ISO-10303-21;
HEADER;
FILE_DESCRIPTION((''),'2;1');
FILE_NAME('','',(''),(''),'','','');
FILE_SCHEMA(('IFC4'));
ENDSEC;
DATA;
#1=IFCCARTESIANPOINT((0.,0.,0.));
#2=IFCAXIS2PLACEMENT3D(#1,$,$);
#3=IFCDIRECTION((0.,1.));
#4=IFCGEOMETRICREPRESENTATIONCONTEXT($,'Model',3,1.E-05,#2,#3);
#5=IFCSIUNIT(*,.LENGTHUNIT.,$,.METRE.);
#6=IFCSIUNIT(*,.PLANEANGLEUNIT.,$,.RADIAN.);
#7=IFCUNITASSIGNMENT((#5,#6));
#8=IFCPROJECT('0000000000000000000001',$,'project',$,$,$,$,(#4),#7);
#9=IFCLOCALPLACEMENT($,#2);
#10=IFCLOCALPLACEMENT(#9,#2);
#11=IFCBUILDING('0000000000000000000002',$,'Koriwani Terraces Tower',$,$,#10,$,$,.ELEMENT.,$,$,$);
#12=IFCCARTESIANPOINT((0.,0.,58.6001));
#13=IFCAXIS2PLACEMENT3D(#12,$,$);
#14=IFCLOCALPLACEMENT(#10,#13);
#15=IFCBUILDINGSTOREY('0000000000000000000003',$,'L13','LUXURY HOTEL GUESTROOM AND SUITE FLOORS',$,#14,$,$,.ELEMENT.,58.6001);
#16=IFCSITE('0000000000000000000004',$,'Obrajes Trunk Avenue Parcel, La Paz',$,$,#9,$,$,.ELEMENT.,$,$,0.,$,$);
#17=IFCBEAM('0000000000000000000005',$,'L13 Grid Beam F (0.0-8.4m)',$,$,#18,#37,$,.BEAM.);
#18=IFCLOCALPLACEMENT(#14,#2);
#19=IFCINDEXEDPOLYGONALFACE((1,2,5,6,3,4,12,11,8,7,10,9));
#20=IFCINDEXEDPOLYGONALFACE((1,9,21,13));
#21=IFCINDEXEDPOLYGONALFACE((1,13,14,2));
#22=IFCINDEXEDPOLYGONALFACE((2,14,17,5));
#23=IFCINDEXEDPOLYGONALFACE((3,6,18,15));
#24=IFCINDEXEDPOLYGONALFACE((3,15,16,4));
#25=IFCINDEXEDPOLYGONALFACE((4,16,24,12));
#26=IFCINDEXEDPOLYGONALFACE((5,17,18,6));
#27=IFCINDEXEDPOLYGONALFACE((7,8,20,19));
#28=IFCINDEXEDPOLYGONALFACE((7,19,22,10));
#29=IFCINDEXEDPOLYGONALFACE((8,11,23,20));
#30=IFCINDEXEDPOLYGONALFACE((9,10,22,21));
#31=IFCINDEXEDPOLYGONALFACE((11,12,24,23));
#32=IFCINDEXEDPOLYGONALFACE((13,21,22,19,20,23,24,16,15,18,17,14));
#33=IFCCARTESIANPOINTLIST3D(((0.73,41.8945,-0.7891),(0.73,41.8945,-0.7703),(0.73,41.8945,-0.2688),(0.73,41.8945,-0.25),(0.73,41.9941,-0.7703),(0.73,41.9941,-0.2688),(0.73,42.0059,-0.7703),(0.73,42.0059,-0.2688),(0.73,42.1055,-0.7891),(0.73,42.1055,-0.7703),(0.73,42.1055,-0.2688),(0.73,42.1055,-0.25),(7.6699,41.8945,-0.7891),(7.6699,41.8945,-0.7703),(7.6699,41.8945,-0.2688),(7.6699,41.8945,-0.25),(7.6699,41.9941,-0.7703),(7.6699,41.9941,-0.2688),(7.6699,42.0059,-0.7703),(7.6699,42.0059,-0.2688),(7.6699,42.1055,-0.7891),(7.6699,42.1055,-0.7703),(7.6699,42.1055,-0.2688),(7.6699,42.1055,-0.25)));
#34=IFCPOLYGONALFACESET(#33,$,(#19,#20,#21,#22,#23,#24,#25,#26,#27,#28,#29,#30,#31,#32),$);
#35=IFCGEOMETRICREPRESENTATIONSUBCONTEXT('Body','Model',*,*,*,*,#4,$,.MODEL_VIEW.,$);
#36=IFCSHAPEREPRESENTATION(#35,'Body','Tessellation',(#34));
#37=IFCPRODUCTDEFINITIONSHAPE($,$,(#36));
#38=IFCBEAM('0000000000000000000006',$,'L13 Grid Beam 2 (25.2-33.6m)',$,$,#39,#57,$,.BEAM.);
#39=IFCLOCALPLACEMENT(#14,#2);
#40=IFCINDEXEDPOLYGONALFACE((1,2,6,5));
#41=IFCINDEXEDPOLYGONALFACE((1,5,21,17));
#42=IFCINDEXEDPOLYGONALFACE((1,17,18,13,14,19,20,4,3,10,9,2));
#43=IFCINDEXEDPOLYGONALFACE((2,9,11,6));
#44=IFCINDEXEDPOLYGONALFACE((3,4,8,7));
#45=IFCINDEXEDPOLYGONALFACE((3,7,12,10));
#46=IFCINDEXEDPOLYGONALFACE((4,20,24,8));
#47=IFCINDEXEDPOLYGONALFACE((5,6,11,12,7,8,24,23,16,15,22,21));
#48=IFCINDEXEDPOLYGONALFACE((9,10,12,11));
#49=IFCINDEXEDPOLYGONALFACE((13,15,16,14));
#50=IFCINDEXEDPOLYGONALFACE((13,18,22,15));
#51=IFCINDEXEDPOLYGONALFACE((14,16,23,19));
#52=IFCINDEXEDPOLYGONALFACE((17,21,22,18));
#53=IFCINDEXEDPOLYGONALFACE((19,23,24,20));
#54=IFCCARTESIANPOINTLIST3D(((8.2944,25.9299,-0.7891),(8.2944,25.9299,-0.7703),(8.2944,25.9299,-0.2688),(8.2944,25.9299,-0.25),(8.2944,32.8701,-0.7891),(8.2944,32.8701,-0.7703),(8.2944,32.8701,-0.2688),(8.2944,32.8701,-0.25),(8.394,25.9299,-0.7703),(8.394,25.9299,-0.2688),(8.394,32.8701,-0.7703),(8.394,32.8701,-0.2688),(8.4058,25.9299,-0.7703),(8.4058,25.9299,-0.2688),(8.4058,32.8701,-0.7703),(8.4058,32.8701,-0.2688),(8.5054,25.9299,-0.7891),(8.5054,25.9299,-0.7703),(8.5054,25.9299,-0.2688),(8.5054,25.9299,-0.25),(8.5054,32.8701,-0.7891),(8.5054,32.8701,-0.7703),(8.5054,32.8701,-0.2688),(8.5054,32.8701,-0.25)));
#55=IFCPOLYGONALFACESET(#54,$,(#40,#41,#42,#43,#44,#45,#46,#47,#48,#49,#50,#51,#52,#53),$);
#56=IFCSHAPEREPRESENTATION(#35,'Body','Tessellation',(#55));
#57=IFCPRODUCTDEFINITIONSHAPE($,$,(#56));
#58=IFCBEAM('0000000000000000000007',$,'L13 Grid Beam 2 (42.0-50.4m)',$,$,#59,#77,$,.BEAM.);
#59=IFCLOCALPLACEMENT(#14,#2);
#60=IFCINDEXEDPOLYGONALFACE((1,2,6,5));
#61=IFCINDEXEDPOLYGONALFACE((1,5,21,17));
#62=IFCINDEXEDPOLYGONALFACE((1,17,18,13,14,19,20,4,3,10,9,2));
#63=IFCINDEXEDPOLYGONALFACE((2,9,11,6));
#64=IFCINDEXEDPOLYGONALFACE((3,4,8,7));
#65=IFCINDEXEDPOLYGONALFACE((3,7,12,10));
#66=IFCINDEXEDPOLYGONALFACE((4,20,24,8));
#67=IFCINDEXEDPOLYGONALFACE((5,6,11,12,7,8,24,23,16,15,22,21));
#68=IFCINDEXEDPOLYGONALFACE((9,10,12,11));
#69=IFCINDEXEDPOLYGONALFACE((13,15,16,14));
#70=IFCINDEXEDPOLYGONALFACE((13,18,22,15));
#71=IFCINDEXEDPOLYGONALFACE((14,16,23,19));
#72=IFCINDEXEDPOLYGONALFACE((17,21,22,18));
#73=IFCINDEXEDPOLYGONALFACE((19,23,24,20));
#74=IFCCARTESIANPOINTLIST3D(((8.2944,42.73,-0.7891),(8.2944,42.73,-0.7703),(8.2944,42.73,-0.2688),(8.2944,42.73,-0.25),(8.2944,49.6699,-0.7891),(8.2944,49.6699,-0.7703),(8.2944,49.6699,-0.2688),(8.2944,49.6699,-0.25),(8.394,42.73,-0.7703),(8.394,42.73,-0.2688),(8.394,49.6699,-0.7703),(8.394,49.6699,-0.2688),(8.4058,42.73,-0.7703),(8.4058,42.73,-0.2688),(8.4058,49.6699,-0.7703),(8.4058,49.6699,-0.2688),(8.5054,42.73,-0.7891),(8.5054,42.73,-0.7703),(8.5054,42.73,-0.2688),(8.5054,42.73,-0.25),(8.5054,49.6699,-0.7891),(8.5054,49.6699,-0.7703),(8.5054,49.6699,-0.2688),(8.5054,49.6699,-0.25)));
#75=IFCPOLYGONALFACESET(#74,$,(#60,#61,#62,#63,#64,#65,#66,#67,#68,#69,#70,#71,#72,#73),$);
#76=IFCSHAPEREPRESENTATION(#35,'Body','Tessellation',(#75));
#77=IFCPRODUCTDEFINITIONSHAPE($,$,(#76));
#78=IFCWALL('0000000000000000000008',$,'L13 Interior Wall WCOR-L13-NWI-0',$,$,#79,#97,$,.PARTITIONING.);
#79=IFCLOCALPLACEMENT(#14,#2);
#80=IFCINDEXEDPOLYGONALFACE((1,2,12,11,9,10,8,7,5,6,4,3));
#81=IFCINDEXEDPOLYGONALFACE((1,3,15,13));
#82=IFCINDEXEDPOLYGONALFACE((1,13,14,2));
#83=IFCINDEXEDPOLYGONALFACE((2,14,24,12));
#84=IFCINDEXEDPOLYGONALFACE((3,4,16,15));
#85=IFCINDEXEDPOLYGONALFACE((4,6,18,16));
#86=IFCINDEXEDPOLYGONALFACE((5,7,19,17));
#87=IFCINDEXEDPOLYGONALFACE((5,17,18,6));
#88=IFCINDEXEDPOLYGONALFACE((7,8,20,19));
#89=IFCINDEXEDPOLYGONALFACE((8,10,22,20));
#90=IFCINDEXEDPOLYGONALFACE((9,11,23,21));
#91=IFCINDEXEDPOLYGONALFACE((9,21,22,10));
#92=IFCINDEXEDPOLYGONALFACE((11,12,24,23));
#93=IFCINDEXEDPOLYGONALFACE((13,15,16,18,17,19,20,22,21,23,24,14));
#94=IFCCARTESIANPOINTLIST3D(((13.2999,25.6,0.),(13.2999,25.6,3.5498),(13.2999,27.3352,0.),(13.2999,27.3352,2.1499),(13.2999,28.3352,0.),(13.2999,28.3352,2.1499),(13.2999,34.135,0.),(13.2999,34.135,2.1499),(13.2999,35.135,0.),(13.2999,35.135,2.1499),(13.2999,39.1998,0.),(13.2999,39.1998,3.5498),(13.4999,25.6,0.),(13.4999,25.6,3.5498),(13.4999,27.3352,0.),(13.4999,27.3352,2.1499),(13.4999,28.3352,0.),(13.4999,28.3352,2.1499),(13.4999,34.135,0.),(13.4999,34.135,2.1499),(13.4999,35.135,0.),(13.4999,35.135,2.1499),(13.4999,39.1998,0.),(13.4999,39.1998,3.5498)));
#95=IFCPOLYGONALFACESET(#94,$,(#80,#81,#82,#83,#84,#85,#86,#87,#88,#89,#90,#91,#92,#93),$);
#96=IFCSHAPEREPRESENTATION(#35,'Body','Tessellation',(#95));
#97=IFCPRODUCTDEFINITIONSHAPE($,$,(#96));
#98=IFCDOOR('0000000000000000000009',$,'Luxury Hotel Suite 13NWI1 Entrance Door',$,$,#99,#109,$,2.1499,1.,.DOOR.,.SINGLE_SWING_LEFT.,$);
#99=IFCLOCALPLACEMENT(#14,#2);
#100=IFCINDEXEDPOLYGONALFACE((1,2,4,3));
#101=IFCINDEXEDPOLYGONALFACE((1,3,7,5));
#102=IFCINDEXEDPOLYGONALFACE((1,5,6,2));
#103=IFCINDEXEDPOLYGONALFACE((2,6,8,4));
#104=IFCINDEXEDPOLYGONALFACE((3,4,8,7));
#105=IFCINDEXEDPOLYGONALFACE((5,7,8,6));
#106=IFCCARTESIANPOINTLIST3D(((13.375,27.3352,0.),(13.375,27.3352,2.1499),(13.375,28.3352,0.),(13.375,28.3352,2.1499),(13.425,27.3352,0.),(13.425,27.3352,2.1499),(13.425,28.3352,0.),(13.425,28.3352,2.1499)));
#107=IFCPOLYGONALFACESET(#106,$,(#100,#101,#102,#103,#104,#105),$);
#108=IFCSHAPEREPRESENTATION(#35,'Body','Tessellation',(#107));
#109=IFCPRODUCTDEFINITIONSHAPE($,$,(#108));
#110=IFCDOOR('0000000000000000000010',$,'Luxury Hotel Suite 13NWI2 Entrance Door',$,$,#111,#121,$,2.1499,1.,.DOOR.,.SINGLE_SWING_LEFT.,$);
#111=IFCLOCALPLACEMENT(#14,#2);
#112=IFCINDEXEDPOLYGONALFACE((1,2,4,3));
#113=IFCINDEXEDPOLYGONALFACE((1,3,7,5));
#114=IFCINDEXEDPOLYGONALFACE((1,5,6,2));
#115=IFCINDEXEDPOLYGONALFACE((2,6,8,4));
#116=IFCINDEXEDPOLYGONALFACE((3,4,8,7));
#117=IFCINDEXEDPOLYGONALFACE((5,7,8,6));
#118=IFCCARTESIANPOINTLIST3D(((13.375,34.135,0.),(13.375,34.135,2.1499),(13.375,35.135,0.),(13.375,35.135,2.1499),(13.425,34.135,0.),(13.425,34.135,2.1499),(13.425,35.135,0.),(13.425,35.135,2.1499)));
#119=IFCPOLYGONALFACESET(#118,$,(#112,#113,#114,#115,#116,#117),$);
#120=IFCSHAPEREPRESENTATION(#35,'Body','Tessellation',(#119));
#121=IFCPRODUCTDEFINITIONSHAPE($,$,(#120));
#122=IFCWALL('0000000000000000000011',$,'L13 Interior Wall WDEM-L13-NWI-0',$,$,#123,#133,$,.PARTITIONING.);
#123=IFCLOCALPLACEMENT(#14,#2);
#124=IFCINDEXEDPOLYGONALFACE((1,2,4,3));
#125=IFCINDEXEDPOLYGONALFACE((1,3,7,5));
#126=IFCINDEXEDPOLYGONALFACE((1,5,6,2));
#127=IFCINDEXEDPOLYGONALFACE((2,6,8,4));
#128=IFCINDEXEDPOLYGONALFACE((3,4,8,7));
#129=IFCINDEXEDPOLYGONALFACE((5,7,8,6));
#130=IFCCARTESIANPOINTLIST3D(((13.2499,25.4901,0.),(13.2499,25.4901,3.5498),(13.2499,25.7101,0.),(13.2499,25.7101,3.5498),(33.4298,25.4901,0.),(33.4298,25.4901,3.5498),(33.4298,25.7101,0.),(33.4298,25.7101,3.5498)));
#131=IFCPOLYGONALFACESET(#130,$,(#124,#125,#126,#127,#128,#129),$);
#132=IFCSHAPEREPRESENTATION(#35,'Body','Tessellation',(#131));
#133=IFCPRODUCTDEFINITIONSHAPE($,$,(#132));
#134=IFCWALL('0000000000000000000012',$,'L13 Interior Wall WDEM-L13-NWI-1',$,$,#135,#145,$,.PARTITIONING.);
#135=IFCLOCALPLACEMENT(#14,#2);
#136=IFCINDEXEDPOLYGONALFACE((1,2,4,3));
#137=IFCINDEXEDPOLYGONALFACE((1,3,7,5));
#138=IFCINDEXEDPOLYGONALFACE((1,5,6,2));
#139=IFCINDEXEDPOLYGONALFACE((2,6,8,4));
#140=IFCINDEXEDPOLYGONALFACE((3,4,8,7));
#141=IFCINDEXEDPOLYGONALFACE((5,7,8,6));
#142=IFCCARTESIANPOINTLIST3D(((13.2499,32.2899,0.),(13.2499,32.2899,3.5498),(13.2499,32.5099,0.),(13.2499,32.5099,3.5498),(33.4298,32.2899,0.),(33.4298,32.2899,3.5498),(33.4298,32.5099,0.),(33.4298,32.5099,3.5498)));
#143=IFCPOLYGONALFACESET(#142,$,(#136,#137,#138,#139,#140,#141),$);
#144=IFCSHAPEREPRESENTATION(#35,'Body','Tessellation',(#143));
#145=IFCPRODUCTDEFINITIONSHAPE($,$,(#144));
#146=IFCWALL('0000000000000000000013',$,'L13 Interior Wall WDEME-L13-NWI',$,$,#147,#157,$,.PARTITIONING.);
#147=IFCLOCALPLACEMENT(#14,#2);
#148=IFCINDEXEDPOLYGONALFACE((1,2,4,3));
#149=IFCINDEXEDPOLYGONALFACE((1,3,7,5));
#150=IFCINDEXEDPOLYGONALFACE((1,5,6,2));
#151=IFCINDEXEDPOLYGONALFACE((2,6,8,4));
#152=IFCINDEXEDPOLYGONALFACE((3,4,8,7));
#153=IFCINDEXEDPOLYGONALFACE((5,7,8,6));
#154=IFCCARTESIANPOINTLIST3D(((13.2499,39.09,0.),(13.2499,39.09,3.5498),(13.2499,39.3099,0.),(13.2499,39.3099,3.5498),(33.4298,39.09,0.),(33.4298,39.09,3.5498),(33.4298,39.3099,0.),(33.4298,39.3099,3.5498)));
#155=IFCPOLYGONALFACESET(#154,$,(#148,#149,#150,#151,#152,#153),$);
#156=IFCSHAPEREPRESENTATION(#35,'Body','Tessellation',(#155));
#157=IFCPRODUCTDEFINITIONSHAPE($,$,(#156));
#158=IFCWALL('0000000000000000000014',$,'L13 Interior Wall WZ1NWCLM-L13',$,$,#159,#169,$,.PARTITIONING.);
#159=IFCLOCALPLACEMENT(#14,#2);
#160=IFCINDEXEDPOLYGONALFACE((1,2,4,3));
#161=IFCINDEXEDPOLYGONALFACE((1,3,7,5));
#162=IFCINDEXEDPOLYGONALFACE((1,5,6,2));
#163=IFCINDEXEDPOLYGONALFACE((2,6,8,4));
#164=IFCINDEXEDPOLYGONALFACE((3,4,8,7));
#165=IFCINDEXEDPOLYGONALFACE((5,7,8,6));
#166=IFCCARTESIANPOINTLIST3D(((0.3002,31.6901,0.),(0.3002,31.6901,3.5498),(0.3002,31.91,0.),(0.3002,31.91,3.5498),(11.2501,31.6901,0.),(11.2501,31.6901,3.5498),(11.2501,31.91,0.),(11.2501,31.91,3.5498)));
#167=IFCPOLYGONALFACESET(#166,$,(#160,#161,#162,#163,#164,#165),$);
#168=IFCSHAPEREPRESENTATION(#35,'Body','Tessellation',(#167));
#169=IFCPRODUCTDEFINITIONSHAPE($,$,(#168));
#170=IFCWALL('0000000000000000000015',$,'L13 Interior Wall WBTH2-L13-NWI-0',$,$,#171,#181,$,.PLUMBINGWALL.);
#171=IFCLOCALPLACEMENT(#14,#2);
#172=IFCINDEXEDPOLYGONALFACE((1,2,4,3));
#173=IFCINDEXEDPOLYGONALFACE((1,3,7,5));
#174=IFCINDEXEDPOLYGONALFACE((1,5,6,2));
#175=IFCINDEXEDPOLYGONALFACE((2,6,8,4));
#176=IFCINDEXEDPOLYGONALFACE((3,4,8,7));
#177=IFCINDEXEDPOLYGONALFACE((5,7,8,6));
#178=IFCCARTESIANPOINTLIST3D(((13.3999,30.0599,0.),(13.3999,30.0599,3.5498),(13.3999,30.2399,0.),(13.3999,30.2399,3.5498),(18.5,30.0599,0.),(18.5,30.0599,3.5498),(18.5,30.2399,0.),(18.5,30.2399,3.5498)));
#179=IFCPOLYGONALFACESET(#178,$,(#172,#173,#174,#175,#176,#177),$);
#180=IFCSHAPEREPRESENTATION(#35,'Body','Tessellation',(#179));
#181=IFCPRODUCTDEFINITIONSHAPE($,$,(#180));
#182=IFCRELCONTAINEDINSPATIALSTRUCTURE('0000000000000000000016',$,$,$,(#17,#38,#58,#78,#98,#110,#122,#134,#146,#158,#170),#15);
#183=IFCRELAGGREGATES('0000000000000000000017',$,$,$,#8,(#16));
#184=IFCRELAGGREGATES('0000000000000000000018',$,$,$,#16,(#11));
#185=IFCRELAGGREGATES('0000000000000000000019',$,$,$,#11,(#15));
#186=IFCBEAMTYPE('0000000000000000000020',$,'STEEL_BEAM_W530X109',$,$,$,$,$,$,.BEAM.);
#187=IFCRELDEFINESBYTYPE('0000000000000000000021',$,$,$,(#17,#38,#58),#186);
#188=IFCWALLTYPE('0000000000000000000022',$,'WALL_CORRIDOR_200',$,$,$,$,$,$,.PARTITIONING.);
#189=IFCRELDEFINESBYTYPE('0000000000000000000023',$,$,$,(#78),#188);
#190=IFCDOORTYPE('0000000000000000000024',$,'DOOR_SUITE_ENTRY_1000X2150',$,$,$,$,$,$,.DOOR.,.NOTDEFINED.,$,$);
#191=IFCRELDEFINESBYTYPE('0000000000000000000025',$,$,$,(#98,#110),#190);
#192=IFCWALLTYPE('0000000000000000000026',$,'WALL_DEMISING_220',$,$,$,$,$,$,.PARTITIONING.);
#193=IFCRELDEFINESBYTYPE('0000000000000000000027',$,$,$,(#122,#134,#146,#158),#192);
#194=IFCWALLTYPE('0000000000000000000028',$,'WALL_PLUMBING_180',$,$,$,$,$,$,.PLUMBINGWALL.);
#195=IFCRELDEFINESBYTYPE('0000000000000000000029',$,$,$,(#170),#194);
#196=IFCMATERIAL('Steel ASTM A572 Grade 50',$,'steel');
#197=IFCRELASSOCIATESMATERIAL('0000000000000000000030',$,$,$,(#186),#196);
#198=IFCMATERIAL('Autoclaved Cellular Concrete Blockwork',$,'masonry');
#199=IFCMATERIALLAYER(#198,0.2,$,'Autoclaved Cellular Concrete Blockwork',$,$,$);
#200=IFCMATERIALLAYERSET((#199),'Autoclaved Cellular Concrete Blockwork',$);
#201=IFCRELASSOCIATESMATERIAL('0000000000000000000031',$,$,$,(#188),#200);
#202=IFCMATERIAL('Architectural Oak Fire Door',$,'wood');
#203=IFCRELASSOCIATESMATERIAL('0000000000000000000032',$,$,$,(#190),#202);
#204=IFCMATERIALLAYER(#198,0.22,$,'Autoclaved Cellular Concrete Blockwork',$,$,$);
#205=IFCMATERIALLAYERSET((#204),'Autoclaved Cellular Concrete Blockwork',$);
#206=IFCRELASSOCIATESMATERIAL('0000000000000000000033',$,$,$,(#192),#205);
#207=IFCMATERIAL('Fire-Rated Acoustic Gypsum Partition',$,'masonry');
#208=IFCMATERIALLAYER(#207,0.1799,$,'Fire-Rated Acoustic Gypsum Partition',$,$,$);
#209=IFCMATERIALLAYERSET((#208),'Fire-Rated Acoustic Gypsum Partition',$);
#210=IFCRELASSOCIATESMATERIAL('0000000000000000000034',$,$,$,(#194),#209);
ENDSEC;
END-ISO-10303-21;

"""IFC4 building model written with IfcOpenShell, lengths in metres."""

from ifc_helpers import new_model, si_unit, direction, frame, frame_2d, origin, origin_2d, place, context, subcontext, project, spatial, rectangle, i_section, extrude, material, layer, layer_set, material_profile, profile_set, type_object, element, fill, save


model = new_model("IFC4")

# Units and contexts
model_context = context("Model", 3, precision=1e-05, world=origin(), true_north=direction((0.0, 1.0)))
body_context = subcontext(model_context, "Body", "Model", "MODEL_VIEW")
ifc_project = project(units=[si_unit("LENGTHUNIT", "METRE"), si_unit("PLANEANGLEUNIT", "RADIAN")], contexts=[model_context])

# Site, building, storey
site_placement = place(None, origin())
site = spatial("IfcSite", under=ifc_project, at=site_placement, Name="Obrajes Trunk Avenue Parcel, La Paz", CompositionType="ELEMENT", RefElevation=0.0)
building_placement = place(site_placement, origin())
building = spatial("IfcBuilding", under=site, at=building_placement, Name="Koriwani Terraces Tower", CompositionType="ELEMENT")
storey_placement = place(building_placement, frame((0.0, 0.0, 58.6001)))
storey = spatial("IfcBuildingStorey", under=building, at=storey_placement, Name="L13", Description="LUXURY HOTEL GUESTROOM AND SUITE FLOORS", CompositionType="ELEMENT", Elevation=58.6001)

# Beams
ifc_material_1 = material(Name="Steel ASTM A572 Grade 50", Category="steel")
ifc_material_profile_1 = material_profile(ifc_material_1, i_section(OverallWidth=0.2109, OverallDepth=0.5391, WebThickness=0.0117, FlangeThickness=0.0188, at=origin_2d()), Name="Steel ASTM A572 Grade 50", Category="LoadBearing")
ifc_profile_set_1 = profile_set([ifc_material_profile_1], Name="Steel ASTM A572 Grade 50")
beam_type_1 = type_object("IfcBeamType", Name="STEEL_BEAM_W530X109", PredefinedType="BEAM", material=ifc_profile_set_1)
beam_1_placement = place(storey_placement, frame((0.73, 42.0, -0.5195), z_axis=(1.0, 0.0, 0.0), x_axis=(0.0, 1.0, 0.0)))
element("IfcBeam", 1, at=beam_1_placement, inside=storey, type_object=beam_type_1, Name="L13 Grid Beam F (0.0-8.4m)", PredefinedType="BEAM", context=body_context, shape_type="SweptSolid", body=[
    extrude(i_section(OverallWidth=0.2109, OverallDepth=0.5391, WebThickness=0.0117, FlangeThickness=0.0188, at=origin_2d()), origin(), (0.0, 0.0, 1.0), 6.9399),
])
beam_2_placement = place(storey_placement, frame((8.3999, 25.9299, -0.5195), z_axis=(0.0, 1.0, 0.0), x_axis=(-1.0, 0.0, 0.0)))
element("IfcBeam", 2, at=beam_2_placement, inside=storey, type_object=beam_type_1, Name="L13 Grid Beam 2 (25.2-33.6m)", PredefinedType="BEAM", context=body_context, shape_type="SweptSolid", body=[
    extrude(i_section(OverallWidth=0.2109, OverallDepth=0.5391, WebThickness=0.0117, FlangeThickness=0.0188, at=origin_2d()), origin(), (0.0, 0.0, 1.0), 6.9402),
])
beam_3_placement = place(storey_placement, frame((8.3999, 42.73, -0.5195), z_axis=(0.0, 1.0, 0.0), x_axis=(-1.0, 0.0, 0.0)))
element("IfcBeam", 3, at=beam_3_placement, inside=storey, type_object=beam_type_1, Name="L13 Grid Beam 2 (42.0-50.4m)", PredefinedType="BEAM", context=body_context, shape_type="SweptSolid", body=[
    extrude(i_section(OverallWidth=0.2109, OverallDepth=0.5391, WebThickness=0.0117, FlangeThickness=0.0188, at=origin_2d()), origin(), (0.0, 0.0, 1.0), 6.9399),
])

# Wall, openings, doors
ifc_material_2 = material(Name="Autoclaved Cellular Concrete Blockwork", Category="masonry")
ifc_layer_1 = layer(ifc_material_2, 0.2, Name="Autoclaved Cellular Concrete Blockwork")
ifc_layer_set_1 = layer_set([ifc_layer_1], Name="Autoclaved Cellular Concrete Blockwork")
wall_type_1 = type_object("IfcWallType", Name="WALL_CORRIDOR_200", PredefinedType="PARTITIONING", material=ifc_layer_set_1)
wall_1_placement = place(storey_placement, frame((13.3999, 25.6001, 0.0), z_axis=(0.0, 0.0, 1.0), x_axis=(0.0, 1.0, 0.0)))
wall_1 = element("IfcWall", 4, at=wall_1_placement, inside=storey, type_object=wall_type_1, Name="L13 Interior Wall WCOR-L13-NWI-0", PredefinedType="PARTITIONING", context=body_context, shape_type="SweptSolid", body=[
    extrude(rectangle(XDim=13.5999, YDim=0.2, at=frame_2d((6.7998, 0.0))), origin(), (0.0, 0.0, 1.0), 3.5498),
])
opening_1_placement = place(wall_1_placement, frame((1.7351, 0.0, 0.0)))
opening_1 = element("IfcOpeningElement", 5, at=opening_1_placement, cuts=wall_1, PredefinedType="OPENING", context=body_context, shape_type="SweptSolid", body=[
    extrude(rectangle(XDim=1.0, YDim=2.1499, at=frame_2d((0.5, 1.075))), frame((0.0, 0.1099, 0.0), z_axis=(0.0, -1.0, 0.0), x_axis=(1.0, 0.0, 0.0)), (0.0, 0.0, 1.0), 0.22),
])
opening_2_placement = place(wall_1_placement, frame((8.5349, 0.0, 0.0)))
opening_2 = element("IfcOpeningElement", 6, at=opening_2_placement, cuts=wall_1, PredefinedType="OPENING", context=body_context, shape_type="SweptSolid", body=[
    extrude(rectangle(XDim=1.0, YDim=2.1499, at=frame_2d((0.5, 1.075))), frame((0.0, 0.1099, 0.0), z_axis=(0.0, -1.0, 0.0), x_axis=(1.0, 0.0, 0.0)), (0.0, 0.0, 1.0), 0.22),
])
ifc_material_3 = material(Name="Architectural Oak Fire Door", Category="wood")
door_type_1 = type_object("IfcDoorType", Name="DOOR_SUITE_ENTRY_1000X2150", OperationType="NOTDEFINED", PredefinedType="DOOR", material=ifc_material_3)
door_1_placement = place(opening_1_placement, origin())
door_1 = element("IfcDoor", 7, at=door_1_placement, inside=storey, type_object=door_type_1, Name="Luxury Hotel Suite 13NWI1 Entrance Door", OperationType="SINGLE_SWING_LEFT", OverallHeight=2.1499, OverallWidth=1.0, PredefinedType="DOOR", context=body_context, shape_type="SweptSolid", body=[
    extrude(rectangle(XDim=1.0, YDim=2.1499, at=frame_2d((0.5, 1.075))), frame((0.0, 0.0249, 0.0), z_axis=(0.0, -1.0, 0.0), x_axis=(1.0, 0.0, 0.0)), (0.0, 0.0, 1.0), 0.05),
])
fill(opening_1, door_1)
door_2_placement = place(opening_2_placement, origin())
door_2 = element("IfcDoor", 8, at=door_2_placement, inside=storey, type_object=door_type_1, Name="Luxury Hotel Suite 13NWI2 Entrance Door", OperationType="SINGLE_SWING_LEFT", OverallHeight=2.1499, OverallWidth=1.0, PredefinedType="DOOR", context=body_context, shape_type="SweptSolid", body=[
    extrude(rectangle(XDim=1.0, YDim=2.1499, at=frame_2d((0.5, 1.075))), frame((0.0, 0.0249, 0.0), z_axis=(0.0, -1.0, 0.0), x_axis=(1.0, 0.0, 0.0)), (0.0, 0.0, 1.0), 0.05),
])
fill(opening_2, door_2)

# Walls
ifc_layer_2 = layer(ifc_material_2, 0.22, Name="Autoclaved Cellular Concrete Blockwork")
ifc_layer_set_2 = layer_set([ifc_layer_2], Name="Autoclaved Cellular Concrete Blockwork")
wall_type_2 = type_object("IfcWallType", Name="WALL_DEMISING_220", PredefinedType="PARTITIONING", material=ifc_layer_set_2)
for number, where, z_axis, x_axis, name in (
    (9, (13.25, 25.6001, 0.0), (0.0, 0.0, 1.0), (1.0, 0.0, 0.0), "L13 Interior Wall WDEM-L13-NWI-0"),
    (10, (13.25, 32.3999, 0.0), (0.0, 0.0, 1.0), (1.0, 0.0, 0.0), "L13 Interior Wall WDEM-L13-NWI-1"),
    (11, (13.25, 39.2, 0.0), (0.0, 0.0, 1.0), (1.0, 0.0, 0.0), "L13 Interior Wall WDEME-L13-NWI"),
):
    element("IfcWall", number, at=place(storey_placement, frame(where, z_axis=z_axis, x_axis=x_axis)), inside=storey, type_object=wall_type_2, Name=name, PredefinedType="PARTITIONING", context=body_context, shape_type="SweptSolid", body=[
        extrude(rectangle(XDim=20.1799, YDim=0.22, at=frame_2d((10.0898, 0.0))), origin(), (0.0, 0.0, 1.0), 3.5498),
    ])
wall_2_placement = place(storey_placement, frame((0.3, 31.8, 0.0), z_axis=(0.0, 0.0, 1.0), x_axis=(1.0, 0.0, 0.0)))
element("IfcWall", 12, at=wall_2_placement, inside=storey, type_object=wall_type_2, Name="L13 Interior Wall WZ1NWCLM-L13", PredefinedType="PARTITIONING", context=body_context, shape_type="SweptSolid", body=[
    extrude(rectangle(XDim=10.95, YDim=0.22, at=frame_2d((5.4751, 0.0))), origin(), (0.0, 0.0, 1.0), 3.5498),
])
ifc_material_4 = material(Name="Fire-Rated Acoustic Gypsum Partition", Category="masonry")
ifc_layer_3 = layer(ifc_material_4, 0.1799, Name="Fire-Rated Acoustic Gypsum Partition")
ifc_layer_set_3 = layer_set([ifc_layer_3], Name="Fire-Rated Acoustic Gypsum Partition")
wall_type_3 = type_object("IfcWallType", Name="WALL_PLUMBING_180", PredefinedType="PLUMBINGWALL", material=ifc_layer_set_3)
for number, where, z_axis, x_axis, name in (
    (13, (13.3999, 30.1499, 0.0), (0.0, 0.0, 1.0), (1.0, 0.0, 0.0), "L13 Interior Wall WBTH2-L13-NWI-0"),
):
    element("IfcWall", number, at=place(storey_placement, frame(where, z_axis=z_axis, x_axis=x_axis)), inside=storey, type_object=wall_type_3, Name=name, PredefinedType="PLUMBINGWALL", context=body_context, shape_type="SweptSolid", body=[
        extrude(rectangle(XDim=5.1001, YDim=0.1799, at=frame_2d((2.55, 0.0))), origin(), (0.0, 0.0, 1.0), 3.5498),
    ])

save(model, "model.ifc")
